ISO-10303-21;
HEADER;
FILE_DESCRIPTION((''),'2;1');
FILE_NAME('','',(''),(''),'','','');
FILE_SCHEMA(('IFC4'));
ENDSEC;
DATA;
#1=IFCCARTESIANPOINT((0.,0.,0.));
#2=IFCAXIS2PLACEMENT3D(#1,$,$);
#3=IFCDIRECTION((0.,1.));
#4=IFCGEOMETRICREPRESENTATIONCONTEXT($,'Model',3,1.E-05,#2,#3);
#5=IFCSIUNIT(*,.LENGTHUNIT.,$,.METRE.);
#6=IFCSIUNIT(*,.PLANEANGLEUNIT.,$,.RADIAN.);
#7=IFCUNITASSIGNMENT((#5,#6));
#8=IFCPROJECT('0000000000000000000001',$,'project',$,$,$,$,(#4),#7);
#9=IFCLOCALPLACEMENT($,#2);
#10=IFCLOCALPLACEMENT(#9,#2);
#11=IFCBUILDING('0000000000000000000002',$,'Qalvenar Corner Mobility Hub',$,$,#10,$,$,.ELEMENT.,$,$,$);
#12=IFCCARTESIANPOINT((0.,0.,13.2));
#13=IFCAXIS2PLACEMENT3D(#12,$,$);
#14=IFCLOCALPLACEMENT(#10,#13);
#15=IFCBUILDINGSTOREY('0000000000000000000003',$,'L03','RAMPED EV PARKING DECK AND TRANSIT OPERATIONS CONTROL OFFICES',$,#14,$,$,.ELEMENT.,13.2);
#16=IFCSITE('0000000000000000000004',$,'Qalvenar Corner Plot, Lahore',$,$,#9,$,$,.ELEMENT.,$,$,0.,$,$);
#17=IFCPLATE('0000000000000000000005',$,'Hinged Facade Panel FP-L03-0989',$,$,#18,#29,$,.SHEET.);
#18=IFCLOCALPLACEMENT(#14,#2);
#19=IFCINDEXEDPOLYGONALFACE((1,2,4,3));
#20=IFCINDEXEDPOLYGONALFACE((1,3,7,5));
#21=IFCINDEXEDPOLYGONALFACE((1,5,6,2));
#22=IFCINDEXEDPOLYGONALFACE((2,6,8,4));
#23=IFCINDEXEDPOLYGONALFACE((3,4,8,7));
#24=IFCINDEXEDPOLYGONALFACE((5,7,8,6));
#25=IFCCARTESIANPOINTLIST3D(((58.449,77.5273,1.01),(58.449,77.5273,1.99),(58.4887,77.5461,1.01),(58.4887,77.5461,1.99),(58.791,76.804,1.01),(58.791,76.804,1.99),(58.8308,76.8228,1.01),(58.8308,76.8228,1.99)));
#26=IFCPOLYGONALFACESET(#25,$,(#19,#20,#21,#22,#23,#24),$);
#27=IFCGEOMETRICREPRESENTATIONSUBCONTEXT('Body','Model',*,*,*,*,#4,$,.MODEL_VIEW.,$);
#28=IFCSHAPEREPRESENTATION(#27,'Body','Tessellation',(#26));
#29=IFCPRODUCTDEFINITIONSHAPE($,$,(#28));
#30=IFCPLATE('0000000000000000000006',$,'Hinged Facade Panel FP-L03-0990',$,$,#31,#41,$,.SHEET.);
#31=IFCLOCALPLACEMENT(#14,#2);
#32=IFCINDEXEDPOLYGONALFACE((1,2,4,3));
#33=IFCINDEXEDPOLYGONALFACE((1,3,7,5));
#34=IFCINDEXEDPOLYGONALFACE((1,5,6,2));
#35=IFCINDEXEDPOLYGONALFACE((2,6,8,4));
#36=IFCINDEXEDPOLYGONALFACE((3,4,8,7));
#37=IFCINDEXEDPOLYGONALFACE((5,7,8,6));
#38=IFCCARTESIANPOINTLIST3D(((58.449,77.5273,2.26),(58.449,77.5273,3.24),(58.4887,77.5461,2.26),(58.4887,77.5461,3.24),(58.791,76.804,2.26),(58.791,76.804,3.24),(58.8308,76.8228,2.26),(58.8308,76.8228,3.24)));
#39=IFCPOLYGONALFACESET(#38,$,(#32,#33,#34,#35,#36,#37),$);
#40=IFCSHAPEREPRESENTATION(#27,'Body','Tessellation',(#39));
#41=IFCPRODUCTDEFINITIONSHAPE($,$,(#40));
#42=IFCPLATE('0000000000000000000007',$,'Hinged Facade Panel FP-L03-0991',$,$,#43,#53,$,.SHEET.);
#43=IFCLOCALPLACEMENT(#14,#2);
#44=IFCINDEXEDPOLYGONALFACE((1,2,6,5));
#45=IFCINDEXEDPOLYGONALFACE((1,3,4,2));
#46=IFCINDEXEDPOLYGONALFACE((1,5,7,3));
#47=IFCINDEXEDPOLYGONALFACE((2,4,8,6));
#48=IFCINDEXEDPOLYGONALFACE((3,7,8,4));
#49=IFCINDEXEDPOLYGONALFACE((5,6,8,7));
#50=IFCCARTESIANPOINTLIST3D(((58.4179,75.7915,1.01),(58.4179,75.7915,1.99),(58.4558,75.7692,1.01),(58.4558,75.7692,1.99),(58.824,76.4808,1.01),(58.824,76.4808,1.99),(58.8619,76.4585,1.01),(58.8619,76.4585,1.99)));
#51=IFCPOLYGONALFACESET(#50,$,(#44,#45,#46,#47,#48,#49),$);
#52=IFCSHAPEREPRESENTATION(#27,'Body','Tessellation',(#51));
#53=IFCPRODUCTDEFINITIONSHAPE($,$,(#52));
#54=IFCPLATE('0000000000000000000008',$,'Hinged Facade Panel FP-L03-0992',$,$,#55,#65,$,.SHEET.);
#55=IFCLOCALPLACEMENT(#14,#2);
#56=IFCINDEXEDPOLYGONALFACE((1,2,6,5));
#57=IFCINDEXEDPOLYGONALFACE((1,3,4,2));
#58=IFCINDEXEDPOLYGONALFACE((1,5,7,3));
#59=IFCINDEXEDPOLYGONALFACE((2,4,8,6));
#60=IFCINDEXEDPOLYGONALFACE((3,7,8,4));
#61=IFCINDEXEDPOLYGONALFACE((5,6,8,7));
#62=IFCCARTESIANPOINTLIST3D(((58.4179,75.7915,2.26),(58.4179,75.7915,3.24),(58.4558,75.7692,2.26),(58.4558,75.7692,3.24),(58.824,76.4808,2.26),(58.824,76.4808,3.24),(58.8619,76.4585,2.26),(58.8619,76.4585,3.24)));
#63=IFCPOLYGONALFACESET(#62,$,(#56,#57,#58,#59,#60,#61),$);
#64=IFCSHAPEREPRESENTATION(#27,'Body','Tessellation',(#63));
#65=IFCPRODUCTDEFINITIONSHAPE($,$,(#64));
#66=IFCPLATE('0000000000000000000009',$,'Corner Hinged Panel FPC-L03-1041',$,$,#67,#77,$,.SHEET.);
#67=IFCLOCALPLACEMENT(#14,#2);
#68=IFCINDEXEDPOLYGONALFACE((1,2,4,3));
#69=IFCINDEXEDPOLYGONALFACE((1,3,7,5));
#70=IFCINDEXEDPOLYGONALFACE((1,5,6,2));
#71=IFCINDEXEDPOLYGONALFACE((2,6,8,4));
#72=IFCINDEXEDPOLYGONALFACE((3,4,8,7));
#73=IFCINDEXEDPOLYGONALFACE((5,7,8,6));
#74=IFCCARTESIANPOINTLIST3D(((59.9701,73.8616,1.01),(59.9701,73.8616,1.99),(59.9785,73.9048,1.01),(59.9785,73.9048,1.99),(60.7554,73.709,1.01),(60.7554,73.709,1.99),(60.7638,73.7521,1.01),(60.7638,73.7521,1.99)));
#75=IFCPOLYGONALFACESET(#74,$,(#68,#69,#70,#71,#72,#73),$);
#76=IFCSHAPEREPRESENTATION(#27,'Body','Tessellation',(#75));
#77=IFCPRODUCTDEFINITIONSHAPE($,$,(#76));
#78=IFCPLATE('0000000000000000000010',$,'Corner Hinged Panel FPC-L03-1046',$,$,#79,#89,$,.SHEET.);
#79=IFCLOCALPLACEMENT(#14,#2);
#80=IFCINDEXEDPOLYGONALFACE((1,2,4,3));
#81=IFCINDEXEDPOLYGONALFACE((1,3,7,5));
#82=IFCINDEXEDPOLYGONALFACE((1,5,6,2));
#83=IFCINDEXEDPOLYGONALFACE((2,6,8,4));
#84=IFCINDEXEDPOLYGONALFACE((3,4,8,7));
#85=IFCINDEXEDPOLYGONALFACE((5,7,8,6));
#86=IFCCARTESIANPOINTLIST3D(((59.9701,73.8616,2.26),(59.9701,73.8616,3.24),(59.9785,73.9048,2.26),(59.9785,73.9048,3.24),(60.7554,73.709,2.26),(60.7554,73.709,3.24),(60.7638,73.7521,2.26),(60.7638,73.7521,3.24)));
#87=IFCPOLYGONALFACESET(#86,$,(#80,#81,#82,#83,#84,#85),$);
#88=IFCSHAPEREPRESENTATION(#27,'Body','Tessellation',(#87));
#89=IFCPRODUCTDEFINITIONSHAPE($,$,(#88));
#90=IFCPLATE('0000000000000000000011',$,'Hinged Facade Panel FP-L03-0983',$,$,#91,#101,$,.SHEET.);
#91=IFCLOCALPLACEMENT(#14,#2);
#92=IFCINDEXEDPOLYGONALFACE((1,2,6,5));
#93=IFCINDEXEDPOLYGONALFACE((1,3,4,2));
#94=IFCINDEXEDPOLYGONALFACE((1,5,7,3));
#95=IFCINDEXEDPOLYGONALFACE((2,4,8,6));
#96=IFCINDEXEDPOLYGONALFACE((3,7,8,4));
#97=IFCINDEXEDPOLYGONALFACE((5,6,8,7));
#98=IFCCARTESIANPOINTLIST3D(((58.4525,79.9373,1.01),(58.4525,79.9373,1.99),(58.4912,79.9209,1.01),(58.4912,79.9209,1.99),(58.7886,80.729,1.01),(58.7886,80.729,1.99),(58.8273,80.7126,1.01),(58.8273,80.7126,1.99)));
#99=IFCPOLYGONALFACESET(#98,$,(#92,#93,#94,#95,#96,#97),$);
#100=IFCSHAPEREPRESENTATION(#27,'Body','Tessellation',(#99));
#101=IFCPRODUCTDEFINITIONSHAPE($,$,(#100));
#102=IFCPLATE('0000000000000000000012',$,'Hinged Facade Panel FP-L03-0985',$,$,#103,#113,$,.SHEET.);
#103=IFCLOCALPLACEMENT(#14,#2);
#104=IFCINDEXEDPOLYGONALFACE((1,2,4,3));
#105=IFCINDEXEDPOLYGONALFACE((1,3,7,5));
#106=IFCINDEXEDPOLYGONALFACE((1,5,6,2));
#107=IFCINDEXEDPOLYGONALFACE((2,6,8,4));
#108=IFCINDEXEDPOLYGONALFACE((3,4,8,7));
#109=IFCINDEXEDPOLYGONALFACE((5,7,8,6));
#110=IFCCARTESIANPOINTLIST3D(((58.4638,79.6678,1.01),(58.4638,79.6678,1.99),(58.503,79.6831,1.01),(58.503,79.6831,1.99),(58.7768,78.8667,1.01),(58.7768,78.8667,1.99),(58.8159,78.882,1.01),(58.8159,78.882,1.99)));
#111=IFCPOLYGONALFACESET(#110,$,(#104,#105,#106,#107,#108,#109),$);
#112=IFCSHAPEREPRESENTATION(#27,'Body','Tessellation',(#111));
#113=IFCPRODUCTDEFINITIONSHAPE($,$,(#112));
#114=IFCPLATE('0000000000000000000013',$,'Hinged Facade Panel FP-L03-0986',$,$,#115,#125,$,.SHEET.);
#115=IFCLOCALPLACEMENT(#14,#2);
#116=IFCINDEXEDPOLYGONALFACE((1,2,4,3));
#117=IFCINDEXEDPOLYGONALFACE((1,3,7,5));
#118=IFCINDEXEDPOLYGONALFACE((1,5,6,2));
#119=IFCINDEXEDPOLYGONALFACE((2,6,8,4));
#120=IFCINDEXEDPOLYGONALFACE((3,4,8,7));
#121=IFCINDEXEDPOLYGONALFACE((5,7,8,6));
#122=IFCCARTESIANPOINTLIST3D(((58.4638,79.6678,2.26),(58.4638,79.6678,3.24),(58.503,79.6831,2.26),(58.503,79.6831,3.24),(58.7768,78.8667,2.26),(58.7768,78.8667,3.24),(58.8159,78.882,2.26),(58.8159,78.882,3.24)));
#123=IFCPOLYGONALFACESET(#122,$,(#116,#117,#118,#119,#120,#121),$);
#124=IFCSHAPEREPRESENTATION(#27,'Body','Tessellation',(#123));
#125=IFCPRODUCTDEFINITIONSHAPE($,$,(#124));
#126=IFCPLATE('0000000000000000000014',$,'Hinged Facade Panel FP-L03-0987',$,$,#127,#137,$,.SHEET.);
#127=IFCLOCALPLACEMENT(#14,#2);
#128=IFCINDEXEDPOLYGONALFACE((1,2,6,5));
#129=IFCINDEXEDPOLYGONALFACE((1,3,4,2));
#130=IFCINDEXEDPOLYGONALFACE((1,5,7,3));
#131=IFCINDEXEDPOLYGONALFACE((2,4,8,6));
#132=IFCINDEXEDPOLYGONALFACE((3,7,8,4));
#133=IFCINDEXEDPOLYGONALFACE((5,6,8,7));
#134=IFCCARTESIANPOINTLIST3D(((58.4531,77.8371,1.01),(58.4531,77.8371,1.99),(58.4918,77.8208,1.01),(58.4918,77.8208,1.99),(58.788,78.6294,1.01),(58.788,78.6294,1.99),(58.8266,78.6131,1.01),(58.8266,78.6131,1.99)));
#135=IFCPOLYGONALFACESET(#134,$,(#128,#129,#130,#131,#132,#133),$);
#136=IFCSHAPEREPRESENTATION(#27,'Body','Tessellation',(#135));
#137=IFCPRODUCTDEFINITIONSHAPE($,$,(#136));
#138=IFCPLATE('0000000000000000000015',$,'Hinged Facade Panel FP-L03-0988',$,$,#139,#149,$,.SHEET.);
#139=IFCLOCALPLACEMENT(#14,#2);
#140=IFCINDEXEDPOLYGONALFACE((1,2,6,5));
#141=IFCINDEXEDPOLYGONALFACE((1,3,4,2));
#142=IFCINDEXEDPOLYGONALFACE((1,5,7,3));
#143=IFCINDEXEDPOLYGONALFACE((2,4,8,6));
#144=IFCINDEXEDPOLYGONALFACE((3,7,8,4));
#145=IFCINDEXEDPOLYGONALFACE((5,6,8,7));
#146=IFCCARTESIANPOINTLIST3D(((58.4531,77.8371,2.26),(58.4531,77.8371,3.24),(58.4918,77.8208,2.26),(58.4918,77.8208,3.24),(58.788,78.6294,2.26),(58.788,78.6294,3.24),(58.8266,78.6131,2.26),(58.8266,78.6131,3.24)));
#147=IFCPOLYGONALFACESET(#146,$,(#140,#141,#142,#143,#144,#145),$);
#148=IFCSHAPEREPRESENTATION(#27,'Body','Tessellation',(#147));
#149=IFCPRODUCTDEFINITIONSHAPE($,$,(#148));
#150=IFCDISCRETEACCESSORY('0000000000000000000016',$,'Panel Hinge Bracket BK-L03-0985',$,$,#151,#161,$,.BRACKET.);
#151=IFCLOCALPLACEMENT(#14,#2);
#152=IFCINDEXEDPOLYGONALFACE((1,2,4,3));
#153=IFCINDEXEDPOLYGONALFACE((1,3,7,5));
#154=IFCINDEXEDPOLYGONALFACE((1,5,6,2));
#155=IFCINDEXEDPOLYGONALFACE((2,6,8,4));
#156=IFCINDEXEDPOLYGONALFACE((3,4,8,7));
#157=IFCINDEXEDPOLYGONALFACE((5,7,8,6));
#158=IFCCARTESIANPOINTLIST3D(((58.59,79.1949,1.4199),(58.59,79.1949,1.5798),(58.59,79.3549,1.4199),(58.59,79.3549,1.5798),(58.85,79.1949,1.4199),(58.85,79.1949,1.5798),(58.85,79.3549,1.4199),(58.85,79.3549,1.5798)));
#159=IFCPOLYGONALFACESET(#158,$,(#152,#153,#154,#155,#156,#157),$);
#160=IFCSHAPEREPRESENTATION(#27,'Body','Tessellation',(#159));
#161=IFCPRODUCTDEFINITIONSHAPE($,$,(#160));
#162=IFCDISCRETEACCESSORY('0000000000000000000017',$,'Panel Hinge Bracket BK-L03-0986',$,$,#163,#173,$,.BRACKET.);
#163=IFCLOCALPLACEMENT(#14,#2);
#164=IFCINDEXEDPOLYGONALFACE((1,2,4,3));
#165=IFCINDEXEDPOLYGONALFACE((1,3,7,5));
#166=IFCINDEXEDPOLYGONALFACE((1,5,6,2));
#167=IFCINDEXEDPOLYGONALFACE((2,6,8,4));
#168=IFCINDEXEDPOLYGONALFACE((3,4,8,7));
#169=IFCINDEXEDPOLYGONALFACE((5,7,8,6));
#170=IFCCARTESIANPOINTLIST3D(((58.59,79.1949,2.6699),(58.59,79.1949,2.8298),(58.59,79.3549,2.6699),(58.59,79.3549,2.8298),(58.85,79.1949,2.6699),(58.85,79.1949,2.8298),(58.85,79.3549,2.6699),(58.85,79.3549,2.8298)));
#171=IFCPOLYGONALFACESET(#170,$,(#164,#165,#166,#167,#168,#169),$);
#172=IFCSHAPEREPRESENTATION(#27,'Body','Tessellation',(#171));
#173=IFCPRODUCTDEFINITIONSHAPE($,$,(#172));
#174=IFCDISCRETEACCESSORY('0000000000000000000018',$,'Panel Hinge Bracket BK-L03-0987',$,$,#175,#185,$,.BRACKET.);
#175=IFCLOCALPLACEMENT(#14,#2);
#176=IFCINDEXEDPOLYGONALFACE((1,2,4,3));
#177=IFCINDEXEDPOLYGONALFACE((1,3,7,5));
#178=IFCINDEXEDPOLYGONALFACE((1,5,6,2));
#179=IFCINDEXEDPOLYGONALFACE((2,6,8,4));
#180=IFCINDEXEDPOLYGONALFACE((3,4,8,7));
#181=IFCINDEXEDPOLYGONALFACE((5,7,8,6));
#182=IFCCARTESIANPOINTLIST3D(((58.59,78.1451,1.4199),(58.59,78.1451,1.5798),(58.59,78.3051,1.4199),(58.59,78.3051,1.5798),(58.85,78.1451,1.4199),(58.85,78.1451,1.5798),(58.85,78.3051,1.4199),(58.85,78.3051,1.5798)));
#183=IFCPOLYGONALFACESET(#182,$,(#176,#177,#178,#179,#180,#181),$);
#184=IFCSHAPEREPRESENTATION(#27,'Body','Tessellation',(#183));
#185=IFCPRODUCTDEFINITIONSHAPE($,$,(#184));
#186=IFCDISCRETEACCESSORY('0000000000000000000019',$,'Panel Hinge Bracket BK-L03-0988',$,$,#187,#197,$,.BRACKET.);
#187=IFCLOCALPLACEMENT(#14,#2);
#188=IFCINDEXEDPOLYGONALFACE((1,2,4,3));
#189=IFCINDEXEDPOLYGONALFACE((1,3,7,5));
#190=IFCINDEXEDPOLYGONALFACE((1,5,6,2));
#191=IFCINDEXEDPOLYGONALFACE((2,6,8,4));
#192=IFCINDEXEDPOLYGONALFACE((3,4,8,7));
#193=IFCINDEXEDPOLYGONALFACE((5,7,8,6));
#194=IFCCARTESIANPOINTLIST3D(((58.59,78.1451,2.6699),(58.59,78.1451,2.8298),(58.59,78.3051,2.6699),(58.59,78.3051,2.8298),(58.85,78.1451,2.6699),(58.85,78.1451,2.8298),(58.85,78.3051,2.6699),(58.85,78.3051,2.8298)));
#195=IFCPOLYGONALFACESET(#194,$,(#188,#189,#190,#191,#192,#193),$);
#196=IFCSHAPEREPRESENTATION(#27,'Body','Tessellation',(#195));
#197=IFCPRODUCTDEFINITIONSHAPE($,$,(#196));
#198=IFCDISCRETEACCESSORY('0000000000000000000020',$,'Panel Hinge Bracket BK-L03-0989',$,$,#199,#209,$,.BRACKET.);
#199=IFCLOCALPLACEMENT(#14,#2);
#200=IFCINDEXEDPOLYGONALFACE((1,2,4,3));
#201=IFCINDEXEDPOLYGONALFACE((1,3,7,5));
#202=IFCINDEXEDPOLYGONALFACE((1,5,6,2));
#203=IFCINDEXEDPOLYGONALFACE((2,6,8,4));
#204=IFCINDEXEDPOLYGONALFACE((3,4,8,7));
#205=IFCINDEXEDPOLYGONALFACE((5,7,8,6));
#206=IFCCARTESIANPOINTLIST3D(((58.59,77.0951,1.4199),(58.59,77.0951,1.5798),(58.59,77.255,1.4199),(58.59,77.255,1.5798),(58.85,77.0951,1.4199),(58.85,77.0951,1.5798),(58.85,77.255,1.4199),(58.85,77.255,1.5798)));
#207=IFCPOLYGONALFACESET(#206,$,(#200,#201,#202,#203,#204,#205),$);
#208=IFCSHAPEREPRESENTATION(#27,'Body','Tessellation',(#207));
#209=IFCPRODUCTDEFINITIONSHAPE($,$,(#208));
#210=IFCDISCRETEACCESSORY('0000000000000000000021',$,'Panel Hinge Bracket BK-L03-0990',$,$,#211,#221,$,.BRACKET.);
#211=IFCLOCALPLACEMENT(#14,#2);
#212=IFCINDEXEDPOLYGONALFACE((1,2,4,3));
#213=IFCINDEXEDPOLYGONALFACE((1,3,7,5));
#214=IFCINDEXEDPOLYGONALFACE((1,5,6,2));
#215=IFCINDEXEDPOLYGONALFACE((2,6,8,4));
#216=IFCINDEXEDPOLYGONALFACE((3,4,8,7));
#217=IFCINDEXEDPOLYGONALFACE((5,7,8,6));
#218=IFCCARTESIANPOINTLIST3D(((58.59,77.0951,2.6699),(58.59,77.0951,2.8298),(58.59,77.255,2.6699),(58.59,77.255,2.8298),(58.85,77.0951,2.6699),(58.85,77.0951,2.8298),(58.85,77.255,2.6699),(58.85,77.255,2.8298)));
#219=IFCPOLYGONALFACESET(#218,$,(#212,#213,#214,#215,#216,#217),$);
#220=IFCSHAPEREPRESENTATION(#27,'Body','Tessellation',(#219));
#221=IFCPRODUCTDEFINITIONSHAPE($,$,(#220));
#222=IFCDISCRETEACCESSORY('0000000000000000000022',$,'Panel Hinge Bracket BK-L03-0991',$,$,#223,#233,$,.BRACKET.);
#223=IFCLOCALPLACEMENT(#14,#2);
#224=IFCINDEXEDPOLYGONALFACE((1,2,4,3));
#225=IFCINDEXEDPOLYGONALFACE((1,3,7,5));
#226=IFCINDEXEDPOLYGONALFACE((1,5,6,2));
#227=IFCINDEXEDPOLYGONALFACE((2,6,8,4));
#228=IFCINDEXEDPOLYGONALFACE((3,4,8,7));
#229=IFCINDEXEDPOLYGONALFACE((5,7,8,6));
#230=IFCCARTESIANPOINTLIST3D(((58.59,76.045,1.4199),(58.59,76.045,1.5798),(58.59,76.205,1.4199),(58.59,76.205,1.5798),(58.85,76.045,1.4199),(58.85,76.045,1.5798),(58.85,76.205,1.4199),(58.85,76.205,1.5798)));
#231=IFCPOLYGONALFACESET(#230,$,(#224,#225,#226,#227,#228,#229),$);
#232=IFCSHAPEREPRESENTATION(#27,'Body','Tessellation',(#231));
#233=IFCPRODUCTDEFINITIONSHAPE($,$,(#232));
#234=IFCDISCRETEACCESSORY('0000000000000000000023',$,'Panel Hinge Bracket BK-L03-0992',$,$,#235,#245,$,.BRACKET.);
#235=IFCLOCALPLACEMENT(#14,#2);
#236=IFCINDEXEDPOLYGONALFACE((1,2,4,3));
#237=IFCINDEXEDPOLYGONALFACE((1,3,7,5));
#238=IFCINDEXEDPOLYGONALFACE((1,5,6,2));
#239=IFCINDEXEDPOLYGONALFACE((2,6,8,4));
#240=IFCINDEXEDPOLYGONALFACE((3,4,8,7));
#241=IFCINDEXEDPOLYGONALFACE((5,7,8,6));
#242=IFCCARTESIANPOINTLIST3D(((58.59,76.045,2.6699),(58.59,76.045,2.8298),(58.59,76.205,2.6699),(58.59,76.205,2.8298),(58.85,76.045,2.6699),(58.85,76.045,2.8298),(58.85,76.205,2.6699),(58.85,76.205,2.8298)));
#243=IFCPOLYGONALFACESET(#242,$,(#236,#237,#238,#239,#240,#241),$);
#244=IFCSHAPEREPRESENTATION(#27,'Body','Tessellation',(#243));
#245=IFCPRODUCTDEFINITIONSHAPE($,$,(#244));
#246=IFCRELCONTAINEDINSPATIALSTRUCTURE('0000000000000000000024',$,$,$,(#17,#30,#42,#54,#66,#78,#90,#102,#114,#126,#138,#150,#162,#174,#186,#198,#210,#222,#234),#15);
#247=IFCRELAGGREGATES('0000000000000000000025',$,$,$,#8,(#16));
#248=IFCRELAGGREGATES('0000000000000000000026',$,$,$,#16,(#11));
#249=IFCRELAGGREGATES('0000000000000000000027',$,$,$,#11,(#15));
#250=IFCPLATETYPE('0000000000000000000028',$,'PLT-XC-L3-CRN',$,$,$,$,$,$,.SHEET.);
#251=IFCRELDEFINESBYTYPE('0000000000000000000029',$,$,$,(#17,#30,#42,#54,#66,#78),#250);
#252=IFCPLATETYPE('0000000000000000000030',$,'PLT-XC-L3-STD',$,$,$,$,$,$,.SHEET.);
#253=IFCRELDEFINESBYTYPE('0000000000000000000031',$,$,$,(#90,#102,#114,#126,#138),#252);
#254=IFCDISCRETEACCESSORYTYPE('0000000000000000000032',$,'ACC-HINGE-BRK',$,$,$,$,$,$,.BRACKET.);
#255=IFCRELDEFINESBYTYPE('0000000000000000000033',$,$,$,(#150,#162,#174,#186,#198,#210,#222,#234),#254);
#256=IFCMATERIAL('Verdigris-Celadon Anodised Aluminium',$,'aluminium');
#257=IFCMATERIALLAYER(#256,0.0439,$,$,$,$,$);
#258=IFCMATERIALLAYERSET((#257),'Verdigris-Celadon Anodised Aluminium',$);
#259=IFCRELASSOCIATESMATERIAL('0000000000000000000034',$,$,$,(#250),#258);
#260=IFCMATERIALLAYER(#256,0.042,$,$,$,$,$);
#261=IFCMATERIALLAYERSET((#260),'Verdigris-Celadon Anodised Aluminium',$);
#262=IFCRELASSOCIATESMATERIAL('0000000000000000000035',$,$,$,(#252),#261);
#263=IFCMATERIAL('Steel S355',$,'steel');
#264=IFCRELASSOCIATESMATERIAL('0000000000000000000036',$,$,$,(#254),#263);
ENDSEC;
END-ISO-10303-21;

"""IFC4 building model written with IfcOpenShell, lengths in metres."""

from ifc_helpers import new_model, si_unit, direction, frame, origin, origin_2d, place, context, subcontext, project, spatial, rectangle, extrude, material, layer, layer_set, type_object, element, save


model = new_model("IFC4")

# Units and contexts
model_context = context("Model", 3, precision=1e-05, world=origin(), true_north=direction((0.0, 1.0)))
body_context = subcontext(model_context, "Body", "Model", "MODEL_VIEW")
ifc_project = project(units=[si_unit("LENGTHUNIT", "METRE"), si_unit("PLANEANGLEUNIT", "RADIAN")], contexts=[model_context])

# Site, building, storey
site_placement = place(None, origin())
site = spatial("IfcSite", under=ifc_project, at=site_placement, Name="Qalvenar Corner Plot, Lahore", CompositionType="ELEMENT", RefElevation=0.0)
building_placement = place(site_placement, origin())
building = spatial("IfcBuilding", under=site, at=building_placement, Name="Qalvenar Corner Mobility Hub", CompositionType="ELEMENT")
storey_placement = place(building_placement, frame((0.0, 0.0, 13.2)))
storey = spatial("IfcBuildingStorey", under=building, at=storey_placement, Name="L03", Description="RAMPED EV PARKING DECK AND TRANSIT OPERATIONS CONTROL OFFICES", CompositionType="ELEMENT", Elevation=13.2)

# Shared definitions
ifc_material_1 = material(Name="Steel S355", Category="steel")

# Plates
ifc_material_2 = material(Name="Verdigris-Celadon Anodised Aluminium", Category="aluminium")
ifc_layer_1 = layer(ifc_material_2, 0.0439)
ifc_layer_set_1 = layer_set([ifc_layer_1], Name="Verdigris-Celadon Anodised Aluminium")
plate_type_1 = type_object("IfcPlateType", Name="PLT-XC-L3-CRN", PredefinedType="SHEET", material=ifc_layer_set_1)
for number, where, z_axis, x_axis, name in (
    (1, (58.6399, 77.175, 1.01), (0.0, 0.0, 1.0), (0.427516, -0.904008, 0.0), "Hinged Facade Panel FP-L03-0989"),
    (2, (58.6399, 77.175, 2.26), (0.0, 0.0, 1.0), (0.427516, -0.904008, 0.0), "Hinged Facade Panel FP-L03-0990"),
    (3, (58.6399, 76.125, 1.01), (0.0, 0.0, 1.0), (-0.507538, -0.861629, 0.0), "Hinged Facade Panel FP-L03-0991"),
    (4, (58.6399, 76.125, 2.26), (0.0, 0.0, 1.0), (-0.507538, -0.861629, 0.0), "Hinged Facade Panel FP-L03-0992"),
    (5, (60.3669, 73.8069, 1.01), (0.0, 0.0, 1.0), (0.981627, -0.190809, 0.0), "Corner Hinged Panel FPC-L03-1041"),
    (6, (60.3669, 73.8069, 2.26), (0.0, 0.0, 1.0), (0.981627, -0.190809, 0.0), "Corner Hinged Panel FPC-L03-1046"),
):
    element("IfcPlate", number, at=place(storey_placement, frame(where, z_axis=z_axis, x_axis=x_axis)), inside=storey, type_object=plate_type_1, Name=name, PredefinedType="SHEET", context=body_context, shape_type="SweptSolid", body=[
        extrude(rectangle(XDim=0.8, YDim=0.0439, at=origin_2d()), origin(), (0.0, 0.0, 1.0), 0.98),
    ])
ifc_layer_2 = layer(ifc_material_2, 0.042)
ifc_layer_set_2 = layer_set([ifc_layer_2], Name="Verdigris-Celadon Anodised Aluminium")
plate_type_2 = type_object("IfcPlateType", Name="PLT-XC-L3-STD", PredefinedType="SHEET", material=ifc_layer_set_2)
for number, where, z_axis, x_axis, name in (
    (7, (58.6399, 80.325, 1.01), (0.0, 0.0, 1.0), (-0.390731, -0.920505, 0.0), "Hinged Facade Panel FP-L03-0983"),
    (8, (58.6399, 79.2749, 1.01), (0.0, 0.0, 1.0), (0.363902, -0.931437, 0.0), "Hinged Facade Panel FP-L03-0985"),
    (9, (58.6399, 79.2749, 2.26), (0.0, 0.0, 1.0), (0.363902, -0.931437, 0.0), "Hinged Facade Panel FP-L03-0986"),
    (10, (58.6399, 78.2251, 1.01), (0.0, 0.0, 1.0), (-0.389285, -0.921117, 0.0), "Hinged Facade Panel FP-L03-0987"),
    (11, (58.6399, 78.2251, 2.26), (0.0, 0.0, 1.0), (-0.389285, -0.921117, 0.0), "Hinged Facade Panel FP-L03-0988"),
):
    element("IfcPlate", number, at=place(storey_placement, frame(where, z_axis=z_axis, x_axis=x_axis)), inside=storey, type_object=plate_type_2, Name=name, PredefinedType="SHEET", context=body_context, shape_type="SweptSolid", body=[
        extrude(rectangle(XDim=0.8601, YDim=0.042, at=origin_2d()), origin(), (0.0, 0.0, 1.0), 0.98),
    ])

# Discrete accessories
discrete_accessory_type = type_object("IfcDiscreteAccessoryType", Name="ACC-HINGE-BRK", PredefinedType="BRACKET", material=ifc_material_1)
for number, where, z_axis, x_axis, name in (
    (12, (58.72, 79.2749, 1.4199), (0.0, 0.0, 1.0), (0.0, -1.0, 0.0), "Panel Hinge Bracket BK-L03-0985"),
    (13, (58.72, 79.2749, 2.6699), (0.0, 0.0, 1.0), (0.0, -1.0, 0.0), "Panel Hinge Bracket BK-L03-0986"),
    (14, (58.72, 78.2251, 1.4199), (0.0, 0.0, 1.0), (0.0, -1.0, 0.0), "Panel Hinge Bracket BK-L03-0987"),
    (15, (58.72, 78.2251, 2.6699), (0.0, 0.0, 1.0), (0.0, -1.0, 0.0), "Panel Hinge Bracket BK-L03-0988"),
    (16, (58.72, 77.175, 1.4199), (0.0, 0.0, 1.0), (0.0, -1.0, 0.0), "Panel Hinge Bracket BK-L03-0989"),
    (17, (58.72, 77.175, 2.6699), (0.0, 0.0, 1.0), (0.0, -1.0, 0.0), "Panel Hinge Bracket BK-L03-0990"),
    (18, (58.72, 76.125, 1.4199), (0.0, 0.0, 1.0), (0.0, -1.0, 0.0), "Panel Hinge Bracket BK-L03-0991"),
    (19, (58.72, 76.125, 2.6699), (0.0, 0.0, 1.0), (0.0, -1.0, 0.0), "Panel Hinge Bracket BK-L03-0992"),
):
    element("IfcDiscreteAccessory", number, at=place(storey_placement, frame(where, z_axis=z_axis, x_axis=x_axis)), inside=storey, type_object=discrete_accessory_type, Name=name, PredefinedType="BRACKET", context=body_context, shape_type="SweptSolid", body=[
        extrude(rectangle(XDim=0.1599, YDim=0.26, at=origin_2d()), origin(), (0.0, 0.0, 1.0), 0.1599),
    ])

save(model, "model.ifc")
